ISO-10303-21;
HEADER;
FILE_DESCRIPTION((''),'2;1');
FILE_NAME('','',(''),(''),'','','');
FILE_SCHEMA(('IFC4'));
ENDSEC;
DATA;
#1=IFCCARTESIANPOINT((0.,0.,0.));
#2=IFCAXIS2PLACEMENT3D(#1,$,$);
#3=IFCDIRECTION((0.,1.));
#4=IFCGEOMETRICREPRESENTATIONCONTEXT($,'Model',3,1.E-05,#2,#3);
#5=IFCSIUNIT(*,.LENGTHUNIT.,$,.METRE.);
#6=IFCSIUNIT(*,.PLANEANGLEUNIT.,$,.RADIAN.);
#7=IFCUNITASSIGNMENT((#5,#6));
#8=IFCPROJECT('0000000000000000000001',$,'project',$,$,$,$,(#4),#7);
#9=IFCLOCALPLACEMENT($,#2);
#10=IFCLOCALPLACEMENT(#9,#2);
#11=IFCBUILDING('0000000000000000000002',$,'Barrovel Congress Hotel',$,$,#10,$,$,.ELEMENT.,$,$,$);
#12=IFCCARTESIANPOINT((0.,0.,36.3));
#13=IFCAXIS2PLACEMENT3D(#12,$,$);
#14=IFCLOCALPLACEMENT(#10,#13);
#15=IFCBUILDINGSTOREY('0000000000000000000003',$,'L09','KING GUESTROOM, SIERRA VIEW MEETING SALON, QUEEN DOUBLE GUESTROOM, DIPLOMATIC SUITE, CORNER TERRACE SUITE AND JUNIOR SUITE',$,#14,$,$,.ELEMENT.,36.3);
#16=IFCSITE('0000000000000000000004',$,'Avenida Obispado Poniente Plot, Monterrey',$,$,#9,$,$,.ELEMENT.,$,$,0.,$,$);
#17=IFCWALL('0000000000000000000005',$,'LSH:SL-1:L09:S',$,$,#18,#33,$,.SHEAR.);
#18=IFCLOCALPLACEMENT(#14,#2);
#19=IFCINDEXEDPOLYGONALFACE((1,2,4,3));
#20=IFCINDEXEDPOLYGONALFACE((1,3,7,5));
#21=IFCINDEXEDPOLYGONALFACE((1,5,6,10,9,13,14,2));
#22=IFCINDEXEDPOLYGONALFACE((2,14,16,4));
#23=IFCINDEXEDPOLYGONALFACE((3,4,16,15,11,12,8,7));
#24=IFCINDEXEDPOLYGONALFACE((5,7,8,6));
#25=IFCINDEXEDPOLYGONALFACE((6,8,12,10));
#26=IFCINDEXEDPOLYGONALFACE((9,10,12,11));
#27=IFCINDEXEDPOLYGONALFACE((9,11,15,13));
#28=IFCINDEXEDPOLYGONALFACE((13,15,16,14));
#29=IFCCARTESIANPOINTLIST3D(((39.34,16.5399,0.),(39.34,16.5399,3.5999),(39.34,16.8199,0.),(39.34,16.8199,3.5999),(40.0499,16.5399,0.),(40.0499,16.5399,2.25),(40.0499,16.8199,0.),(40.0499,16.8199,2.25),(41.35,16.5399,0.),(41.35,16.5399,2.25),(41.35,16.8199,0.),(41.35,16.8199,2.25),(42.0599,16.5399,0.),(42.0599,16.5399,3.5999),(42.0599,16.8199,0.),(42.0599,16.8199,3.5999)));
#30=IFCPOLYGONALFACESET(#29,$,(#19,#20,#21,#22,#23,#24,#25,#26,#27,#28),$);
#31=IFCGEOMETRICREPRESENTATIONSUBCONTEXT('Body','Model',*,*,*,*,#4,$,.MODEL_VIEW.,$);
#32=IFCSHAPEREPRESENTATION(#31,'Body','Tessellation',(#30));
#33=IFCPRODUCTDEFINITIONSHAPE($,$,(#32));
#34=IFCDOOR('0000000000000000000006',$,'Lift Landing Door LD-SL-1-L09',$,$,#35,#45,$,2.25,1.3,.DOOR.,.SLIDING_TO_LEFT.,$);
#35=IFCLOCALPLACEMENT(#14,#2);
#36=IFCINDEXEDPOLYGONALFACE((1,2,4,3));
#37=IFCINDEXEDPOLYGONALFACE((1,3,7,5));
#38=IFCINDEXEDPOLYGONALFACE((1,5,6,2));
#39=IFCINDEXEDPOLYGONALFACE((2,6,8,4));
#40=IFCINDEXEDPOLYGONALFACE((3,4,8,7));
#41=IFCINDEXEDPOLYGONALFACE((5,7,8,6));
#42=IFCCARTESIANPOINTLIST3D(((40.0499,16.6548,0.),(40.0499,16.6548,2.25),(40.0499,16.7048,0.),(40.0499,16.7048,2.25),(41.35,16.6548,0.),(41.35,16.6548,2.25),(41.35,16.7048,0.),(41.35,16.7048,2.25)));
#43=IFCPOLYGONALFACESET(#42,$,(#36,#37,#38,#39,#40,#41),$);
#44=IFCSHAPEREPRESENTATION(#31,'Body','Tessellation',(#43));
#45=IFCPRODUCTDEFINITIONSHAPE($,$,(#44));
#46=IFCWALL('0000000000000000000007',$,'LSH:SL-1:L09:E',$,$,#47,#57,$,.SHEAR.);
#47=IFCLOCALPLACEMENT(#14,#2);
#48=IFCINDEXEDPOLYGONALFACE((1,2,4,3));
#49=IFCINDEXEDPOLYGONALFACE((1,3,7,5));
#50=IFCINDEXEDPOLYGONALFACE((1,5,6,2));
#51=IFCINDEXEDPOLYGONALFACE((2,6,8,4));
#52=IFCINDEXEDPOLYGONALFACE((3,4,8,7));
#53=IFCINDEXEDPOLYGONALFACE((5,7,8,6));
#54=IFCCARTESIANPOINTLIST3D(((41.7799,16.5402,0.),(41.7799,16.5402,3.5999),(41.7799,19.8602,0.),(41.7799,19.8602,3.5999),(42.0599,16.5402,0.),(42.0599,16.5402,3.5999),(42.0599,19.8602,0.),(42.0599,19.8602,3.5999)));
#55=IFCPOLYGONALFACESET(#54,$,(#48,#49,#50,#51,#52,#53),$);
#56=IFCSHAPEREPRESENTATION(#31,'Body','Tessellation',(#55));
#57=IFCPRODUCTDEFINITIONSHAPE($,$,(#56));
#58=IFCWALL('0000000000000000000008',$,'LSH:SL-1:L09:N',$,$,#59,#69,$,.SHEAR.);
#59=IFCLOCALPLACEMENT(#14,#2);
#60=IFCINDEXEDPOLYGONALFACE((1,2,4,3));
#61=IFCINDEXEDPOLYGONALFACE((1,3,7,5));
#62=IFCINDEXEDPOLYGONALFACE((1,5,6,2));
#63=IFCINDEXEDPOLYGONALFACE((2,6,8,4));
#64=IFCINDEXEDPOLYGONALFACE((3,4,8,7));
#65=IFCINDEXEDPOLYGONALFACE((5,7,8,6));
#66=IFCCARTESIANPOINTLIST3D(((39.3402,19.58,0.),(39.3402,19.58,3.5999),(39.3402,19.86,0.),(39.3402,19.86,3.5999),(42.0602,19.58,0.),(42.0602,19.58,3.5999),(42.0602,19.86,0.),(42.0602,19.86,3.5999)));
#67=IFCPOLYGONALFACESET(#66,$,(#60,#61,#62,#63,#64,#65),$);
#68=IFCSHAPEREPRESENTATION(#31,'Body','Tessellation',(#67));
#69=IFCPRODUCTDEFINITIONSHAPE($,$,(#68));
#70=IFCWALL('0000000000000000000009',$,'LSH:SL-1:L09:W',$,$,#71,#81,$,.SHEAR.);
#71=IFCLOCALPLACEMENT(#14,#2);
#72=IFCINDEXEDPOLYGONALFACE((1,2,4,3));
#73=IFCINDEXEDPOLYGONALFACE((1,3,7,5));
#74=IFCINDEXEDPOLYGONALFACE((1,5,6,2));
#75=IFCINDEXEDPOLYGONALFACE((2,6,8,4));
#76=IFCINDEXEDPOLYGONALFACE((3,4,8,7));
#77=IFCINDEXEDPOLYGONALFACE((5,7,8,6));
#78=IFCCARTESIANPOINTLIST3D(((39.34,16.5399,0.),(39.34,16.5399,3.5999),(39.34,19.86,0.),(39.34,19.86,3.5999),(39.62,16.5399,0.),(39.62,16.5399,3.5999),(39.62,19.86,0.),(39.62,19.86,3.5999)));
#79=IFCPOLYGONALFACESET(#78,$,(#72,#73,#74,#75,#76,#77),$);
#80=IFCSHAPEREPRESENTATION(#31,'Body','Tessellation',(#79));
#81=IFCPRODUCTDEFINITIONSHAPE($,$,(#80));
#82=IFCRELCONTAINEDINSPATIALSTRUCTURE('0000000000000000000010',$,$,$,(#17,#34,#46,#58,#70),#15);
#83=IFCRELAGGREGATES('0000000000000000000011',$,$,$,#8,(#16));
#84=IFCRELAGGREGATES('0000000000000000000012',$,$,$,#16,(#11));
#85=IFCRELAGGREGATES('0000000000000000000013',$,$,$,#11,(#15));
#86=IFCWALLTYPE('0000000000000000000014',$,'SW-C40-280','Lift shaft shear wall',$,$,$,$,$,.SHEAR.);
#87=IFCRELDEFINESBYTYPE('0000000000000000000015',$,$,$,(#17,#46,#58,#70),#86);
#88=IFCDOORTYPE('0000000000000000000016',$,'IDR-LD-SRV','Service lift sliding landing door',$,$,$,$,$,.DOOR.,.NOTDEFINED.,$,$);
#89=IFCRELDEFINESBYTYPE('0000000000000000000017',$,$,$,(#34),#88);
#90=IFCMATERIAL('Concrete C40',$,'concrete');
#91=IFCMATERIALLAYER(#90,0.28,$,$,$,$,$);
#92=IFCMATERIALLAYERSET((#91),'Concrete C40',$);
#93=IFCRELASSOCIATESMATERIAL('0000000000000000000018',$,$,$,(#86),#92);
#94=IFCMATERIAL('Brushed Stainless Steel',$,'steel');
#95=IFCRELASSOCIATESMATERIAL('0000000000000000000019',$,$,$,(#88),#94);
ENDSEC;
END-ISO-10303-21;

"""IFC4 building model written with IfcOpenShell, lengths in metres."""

from ifc_helpers import new_model, si_unit, direction, frame, frame_2d, origin, place, context, subcontext, project, spatial, rectangle, extrude, material, layer, layer_set, type_object, element, fill, save


model = new_model("IFC4")

# Units and contexts
model_context = context("Model", 3, precision=1e-05, world=origin(), true_north=direction((0.0, 1.0)))
body_context = subcontext(model_context, "Body", "Model", "MODEL_VIEW")
ifc_project = project(units=[si_unit("LENGTHUNIT", "METRE"), si_unit("PLANEANGLEUNIT", "RADIAN")], contexts=[model_context])

# Site, building, storey
site_placement = place(None, origin())
site = spatial("IfcSite", under=ifc_project, at=site_placement, Name="Avenida Obispado Poniente Plot, Monterrey", CompositionType="ELEMENT", RefElevation=0.0)
building_placement = place(site_placement, origin())
building = spatial("IfcBuilding", under=site, at=building_placement, Name="Barrovel Congress Hotel", CompositionType="ELEMENT")
storey_placement = place(building_placement, frame((0.0, 0.0, 36.3)))
storey = spatial("IfcBuildingStorey", under=building, at=storey_placement, Name="L09", Description="KING GUESTROOM, SIERRA VIEW MEETING SALON, QUEEN DOUBLE GUESTROOM, DIPLOMATIC SUITE, CORNER TERRACE SUITE AND JUNIOR SUITE", CompositionType="ELEMENT", Elevation=36.3)

# Shared definitions
ifc_material_1 = material(Name="Concrete C40", Category="concrete")

# Shared definitions
ifc_material_2 = material(Name="Brushed Stainless Steel", Category="steel")

# Wall, opening, door
ifc_layer_1 = layer(ifc_material_1, 0.28)
ifc_layer_set_1 = layer_set([ifc_layer_1], Name="Concrete C40")
wall_type_1 = type_object("IfcWallType", Name="SW-C40-280", Description="Lift shaft shear wall", PredefinedType="SHEAR", material=ifc_layer_set_1)
wall_1_placement = place(storey_placement, frame((39.3401, 16.6799, 0.0), z_axis=(0.0, 0.0, 1.0), x_axis=(1.0, 0.0, 0.0)))
wall_1 = element("IfcWall", 1, at=wall_1_placement, inside=storey, type_object=wall_type_1, Name="LSH:SL-1:L09:S", PredefinedType="SHEAR", context=body_context, shape_type="SweptSolid", body=[
    extrude(rectangle(XDim=2.72, YDim=0.28, at=frame_2d((1.3599, 0.0))), origin(), (0.0, 0.0, 1.0), 3.5999),
])
opening_1_placement = place(wall_1_placement, frame((0.71, 0.0, 0.0)))
opening_1 = element("IfcOpeningElement", 2, at=opening_1_placement, cuts=wall_1, PredefinedType="OPENING", context=body_context, shape_type="SweptSolid", body=[
    extrude(rectangle(XDim=1.3, YDim=2.25, at=frame_2d((0.6499, 1.125))), frame((0.0, 0.1499, 0.0), z_axis=(0.0, -1.0, 0.0), x_axis=(1.0, 0.0, 0.0)), (0.0, 0.0, 1.0), 0.3),
])
door_type_1 = type_object("IfcDoorType", Name="IDR-LD-SRV", Description="Service lift sliding landing door", OperationType="NOTDEFINED", PredefinedType="DOOR", material=ifc_material_2)
door_1_placement = place(opening_1_placement, origin())
door_1 = element("IfcDoor", 3, at=door_1_placement, inside=storey, type_object=door_type_1, Name="Lift Landing Door LD-SL-1-L09", OperationType="SLIDING_TO_LEFT", OverallHeight=2.25, OverallWidth=1.3, PredefinedType="DOOR", context=body_context, shape_type="SweptSolid", body=[
    extrude(rectangle(XDim=1.3, YDim=2.25, at=frame_2d((0.6499, 1.125))), frame((0.0, 0.0249, 0.0), z_axis=(0.0, -1.0, 0.0), x_axis=(1.0, 0.0, 0.0)), (0.0, 0.0, 1.0), 0.05),
])
fill(opening_1, door_1)

# Walls
wall_2_placement = place(storey_placement, frame((41.9199, 16.54, 0.0), z_axis=(0.0, 0.0, 1.0), x_axis=(0.0, 1.0, 0.0)))
element("IfcWall", 4, at=wall_2_placement, inside=storey, type_object=wall_type_1, Name="LSH:SL-1:L09:E", PredefinedType="SHEAR", context=body_context, shape_type="SweptSolid", body=[
    extrude(rectangle(XDim=3.3201, YDim=0.28, at=frame_2d((1.6602, 0.0))), origin(), (0.0, 0.0, 1.0), 3.5999),
])
wall_3_placement = place(storey_placement, frame((42.0601, 19.72, 0.0), z_axis=(0.0, 0.0, 1.0), x_axis=(-1.0, 0.0, 0.0)))
element("IfcWall", 5, at=wall_3_placement, inside=storey, type_object=wall_type_1, Name="LSH:SL-1:L09:N", PredefinedType="SHEAR", context=body_context, shape_type="SweptSolid", body=[
    extrude(rectangle(XDim=2.72, YDim=0.28, at=frame_2d((1.3599, 0.0))), origin(), (0.0, 0.0, 1.0), 3.5999),
])
wall_4_placement = place(storey_placement, frame((39.48, 19.8601, 0.0), z_axis=(0.0, 0.0, 1.0), x_axis=(0.0, -1.0, 0.0)))
element("IfcWall", 6, at=wall_4_placement, inside=storey, type_object=wall_type_1, Name="LSH:SL-1:L09:W", PredefinedType="SHEAR", context=body_context, shape_type="SweptSolid", body=[
    extrude(rectangle(XDim=3.3201, YDim=0.28, at=frame_2d((1.6602, 0.0))), origin(), (0.0, 0.0, 1.0), 3.5999),
])

save(model, "model.ifc")
